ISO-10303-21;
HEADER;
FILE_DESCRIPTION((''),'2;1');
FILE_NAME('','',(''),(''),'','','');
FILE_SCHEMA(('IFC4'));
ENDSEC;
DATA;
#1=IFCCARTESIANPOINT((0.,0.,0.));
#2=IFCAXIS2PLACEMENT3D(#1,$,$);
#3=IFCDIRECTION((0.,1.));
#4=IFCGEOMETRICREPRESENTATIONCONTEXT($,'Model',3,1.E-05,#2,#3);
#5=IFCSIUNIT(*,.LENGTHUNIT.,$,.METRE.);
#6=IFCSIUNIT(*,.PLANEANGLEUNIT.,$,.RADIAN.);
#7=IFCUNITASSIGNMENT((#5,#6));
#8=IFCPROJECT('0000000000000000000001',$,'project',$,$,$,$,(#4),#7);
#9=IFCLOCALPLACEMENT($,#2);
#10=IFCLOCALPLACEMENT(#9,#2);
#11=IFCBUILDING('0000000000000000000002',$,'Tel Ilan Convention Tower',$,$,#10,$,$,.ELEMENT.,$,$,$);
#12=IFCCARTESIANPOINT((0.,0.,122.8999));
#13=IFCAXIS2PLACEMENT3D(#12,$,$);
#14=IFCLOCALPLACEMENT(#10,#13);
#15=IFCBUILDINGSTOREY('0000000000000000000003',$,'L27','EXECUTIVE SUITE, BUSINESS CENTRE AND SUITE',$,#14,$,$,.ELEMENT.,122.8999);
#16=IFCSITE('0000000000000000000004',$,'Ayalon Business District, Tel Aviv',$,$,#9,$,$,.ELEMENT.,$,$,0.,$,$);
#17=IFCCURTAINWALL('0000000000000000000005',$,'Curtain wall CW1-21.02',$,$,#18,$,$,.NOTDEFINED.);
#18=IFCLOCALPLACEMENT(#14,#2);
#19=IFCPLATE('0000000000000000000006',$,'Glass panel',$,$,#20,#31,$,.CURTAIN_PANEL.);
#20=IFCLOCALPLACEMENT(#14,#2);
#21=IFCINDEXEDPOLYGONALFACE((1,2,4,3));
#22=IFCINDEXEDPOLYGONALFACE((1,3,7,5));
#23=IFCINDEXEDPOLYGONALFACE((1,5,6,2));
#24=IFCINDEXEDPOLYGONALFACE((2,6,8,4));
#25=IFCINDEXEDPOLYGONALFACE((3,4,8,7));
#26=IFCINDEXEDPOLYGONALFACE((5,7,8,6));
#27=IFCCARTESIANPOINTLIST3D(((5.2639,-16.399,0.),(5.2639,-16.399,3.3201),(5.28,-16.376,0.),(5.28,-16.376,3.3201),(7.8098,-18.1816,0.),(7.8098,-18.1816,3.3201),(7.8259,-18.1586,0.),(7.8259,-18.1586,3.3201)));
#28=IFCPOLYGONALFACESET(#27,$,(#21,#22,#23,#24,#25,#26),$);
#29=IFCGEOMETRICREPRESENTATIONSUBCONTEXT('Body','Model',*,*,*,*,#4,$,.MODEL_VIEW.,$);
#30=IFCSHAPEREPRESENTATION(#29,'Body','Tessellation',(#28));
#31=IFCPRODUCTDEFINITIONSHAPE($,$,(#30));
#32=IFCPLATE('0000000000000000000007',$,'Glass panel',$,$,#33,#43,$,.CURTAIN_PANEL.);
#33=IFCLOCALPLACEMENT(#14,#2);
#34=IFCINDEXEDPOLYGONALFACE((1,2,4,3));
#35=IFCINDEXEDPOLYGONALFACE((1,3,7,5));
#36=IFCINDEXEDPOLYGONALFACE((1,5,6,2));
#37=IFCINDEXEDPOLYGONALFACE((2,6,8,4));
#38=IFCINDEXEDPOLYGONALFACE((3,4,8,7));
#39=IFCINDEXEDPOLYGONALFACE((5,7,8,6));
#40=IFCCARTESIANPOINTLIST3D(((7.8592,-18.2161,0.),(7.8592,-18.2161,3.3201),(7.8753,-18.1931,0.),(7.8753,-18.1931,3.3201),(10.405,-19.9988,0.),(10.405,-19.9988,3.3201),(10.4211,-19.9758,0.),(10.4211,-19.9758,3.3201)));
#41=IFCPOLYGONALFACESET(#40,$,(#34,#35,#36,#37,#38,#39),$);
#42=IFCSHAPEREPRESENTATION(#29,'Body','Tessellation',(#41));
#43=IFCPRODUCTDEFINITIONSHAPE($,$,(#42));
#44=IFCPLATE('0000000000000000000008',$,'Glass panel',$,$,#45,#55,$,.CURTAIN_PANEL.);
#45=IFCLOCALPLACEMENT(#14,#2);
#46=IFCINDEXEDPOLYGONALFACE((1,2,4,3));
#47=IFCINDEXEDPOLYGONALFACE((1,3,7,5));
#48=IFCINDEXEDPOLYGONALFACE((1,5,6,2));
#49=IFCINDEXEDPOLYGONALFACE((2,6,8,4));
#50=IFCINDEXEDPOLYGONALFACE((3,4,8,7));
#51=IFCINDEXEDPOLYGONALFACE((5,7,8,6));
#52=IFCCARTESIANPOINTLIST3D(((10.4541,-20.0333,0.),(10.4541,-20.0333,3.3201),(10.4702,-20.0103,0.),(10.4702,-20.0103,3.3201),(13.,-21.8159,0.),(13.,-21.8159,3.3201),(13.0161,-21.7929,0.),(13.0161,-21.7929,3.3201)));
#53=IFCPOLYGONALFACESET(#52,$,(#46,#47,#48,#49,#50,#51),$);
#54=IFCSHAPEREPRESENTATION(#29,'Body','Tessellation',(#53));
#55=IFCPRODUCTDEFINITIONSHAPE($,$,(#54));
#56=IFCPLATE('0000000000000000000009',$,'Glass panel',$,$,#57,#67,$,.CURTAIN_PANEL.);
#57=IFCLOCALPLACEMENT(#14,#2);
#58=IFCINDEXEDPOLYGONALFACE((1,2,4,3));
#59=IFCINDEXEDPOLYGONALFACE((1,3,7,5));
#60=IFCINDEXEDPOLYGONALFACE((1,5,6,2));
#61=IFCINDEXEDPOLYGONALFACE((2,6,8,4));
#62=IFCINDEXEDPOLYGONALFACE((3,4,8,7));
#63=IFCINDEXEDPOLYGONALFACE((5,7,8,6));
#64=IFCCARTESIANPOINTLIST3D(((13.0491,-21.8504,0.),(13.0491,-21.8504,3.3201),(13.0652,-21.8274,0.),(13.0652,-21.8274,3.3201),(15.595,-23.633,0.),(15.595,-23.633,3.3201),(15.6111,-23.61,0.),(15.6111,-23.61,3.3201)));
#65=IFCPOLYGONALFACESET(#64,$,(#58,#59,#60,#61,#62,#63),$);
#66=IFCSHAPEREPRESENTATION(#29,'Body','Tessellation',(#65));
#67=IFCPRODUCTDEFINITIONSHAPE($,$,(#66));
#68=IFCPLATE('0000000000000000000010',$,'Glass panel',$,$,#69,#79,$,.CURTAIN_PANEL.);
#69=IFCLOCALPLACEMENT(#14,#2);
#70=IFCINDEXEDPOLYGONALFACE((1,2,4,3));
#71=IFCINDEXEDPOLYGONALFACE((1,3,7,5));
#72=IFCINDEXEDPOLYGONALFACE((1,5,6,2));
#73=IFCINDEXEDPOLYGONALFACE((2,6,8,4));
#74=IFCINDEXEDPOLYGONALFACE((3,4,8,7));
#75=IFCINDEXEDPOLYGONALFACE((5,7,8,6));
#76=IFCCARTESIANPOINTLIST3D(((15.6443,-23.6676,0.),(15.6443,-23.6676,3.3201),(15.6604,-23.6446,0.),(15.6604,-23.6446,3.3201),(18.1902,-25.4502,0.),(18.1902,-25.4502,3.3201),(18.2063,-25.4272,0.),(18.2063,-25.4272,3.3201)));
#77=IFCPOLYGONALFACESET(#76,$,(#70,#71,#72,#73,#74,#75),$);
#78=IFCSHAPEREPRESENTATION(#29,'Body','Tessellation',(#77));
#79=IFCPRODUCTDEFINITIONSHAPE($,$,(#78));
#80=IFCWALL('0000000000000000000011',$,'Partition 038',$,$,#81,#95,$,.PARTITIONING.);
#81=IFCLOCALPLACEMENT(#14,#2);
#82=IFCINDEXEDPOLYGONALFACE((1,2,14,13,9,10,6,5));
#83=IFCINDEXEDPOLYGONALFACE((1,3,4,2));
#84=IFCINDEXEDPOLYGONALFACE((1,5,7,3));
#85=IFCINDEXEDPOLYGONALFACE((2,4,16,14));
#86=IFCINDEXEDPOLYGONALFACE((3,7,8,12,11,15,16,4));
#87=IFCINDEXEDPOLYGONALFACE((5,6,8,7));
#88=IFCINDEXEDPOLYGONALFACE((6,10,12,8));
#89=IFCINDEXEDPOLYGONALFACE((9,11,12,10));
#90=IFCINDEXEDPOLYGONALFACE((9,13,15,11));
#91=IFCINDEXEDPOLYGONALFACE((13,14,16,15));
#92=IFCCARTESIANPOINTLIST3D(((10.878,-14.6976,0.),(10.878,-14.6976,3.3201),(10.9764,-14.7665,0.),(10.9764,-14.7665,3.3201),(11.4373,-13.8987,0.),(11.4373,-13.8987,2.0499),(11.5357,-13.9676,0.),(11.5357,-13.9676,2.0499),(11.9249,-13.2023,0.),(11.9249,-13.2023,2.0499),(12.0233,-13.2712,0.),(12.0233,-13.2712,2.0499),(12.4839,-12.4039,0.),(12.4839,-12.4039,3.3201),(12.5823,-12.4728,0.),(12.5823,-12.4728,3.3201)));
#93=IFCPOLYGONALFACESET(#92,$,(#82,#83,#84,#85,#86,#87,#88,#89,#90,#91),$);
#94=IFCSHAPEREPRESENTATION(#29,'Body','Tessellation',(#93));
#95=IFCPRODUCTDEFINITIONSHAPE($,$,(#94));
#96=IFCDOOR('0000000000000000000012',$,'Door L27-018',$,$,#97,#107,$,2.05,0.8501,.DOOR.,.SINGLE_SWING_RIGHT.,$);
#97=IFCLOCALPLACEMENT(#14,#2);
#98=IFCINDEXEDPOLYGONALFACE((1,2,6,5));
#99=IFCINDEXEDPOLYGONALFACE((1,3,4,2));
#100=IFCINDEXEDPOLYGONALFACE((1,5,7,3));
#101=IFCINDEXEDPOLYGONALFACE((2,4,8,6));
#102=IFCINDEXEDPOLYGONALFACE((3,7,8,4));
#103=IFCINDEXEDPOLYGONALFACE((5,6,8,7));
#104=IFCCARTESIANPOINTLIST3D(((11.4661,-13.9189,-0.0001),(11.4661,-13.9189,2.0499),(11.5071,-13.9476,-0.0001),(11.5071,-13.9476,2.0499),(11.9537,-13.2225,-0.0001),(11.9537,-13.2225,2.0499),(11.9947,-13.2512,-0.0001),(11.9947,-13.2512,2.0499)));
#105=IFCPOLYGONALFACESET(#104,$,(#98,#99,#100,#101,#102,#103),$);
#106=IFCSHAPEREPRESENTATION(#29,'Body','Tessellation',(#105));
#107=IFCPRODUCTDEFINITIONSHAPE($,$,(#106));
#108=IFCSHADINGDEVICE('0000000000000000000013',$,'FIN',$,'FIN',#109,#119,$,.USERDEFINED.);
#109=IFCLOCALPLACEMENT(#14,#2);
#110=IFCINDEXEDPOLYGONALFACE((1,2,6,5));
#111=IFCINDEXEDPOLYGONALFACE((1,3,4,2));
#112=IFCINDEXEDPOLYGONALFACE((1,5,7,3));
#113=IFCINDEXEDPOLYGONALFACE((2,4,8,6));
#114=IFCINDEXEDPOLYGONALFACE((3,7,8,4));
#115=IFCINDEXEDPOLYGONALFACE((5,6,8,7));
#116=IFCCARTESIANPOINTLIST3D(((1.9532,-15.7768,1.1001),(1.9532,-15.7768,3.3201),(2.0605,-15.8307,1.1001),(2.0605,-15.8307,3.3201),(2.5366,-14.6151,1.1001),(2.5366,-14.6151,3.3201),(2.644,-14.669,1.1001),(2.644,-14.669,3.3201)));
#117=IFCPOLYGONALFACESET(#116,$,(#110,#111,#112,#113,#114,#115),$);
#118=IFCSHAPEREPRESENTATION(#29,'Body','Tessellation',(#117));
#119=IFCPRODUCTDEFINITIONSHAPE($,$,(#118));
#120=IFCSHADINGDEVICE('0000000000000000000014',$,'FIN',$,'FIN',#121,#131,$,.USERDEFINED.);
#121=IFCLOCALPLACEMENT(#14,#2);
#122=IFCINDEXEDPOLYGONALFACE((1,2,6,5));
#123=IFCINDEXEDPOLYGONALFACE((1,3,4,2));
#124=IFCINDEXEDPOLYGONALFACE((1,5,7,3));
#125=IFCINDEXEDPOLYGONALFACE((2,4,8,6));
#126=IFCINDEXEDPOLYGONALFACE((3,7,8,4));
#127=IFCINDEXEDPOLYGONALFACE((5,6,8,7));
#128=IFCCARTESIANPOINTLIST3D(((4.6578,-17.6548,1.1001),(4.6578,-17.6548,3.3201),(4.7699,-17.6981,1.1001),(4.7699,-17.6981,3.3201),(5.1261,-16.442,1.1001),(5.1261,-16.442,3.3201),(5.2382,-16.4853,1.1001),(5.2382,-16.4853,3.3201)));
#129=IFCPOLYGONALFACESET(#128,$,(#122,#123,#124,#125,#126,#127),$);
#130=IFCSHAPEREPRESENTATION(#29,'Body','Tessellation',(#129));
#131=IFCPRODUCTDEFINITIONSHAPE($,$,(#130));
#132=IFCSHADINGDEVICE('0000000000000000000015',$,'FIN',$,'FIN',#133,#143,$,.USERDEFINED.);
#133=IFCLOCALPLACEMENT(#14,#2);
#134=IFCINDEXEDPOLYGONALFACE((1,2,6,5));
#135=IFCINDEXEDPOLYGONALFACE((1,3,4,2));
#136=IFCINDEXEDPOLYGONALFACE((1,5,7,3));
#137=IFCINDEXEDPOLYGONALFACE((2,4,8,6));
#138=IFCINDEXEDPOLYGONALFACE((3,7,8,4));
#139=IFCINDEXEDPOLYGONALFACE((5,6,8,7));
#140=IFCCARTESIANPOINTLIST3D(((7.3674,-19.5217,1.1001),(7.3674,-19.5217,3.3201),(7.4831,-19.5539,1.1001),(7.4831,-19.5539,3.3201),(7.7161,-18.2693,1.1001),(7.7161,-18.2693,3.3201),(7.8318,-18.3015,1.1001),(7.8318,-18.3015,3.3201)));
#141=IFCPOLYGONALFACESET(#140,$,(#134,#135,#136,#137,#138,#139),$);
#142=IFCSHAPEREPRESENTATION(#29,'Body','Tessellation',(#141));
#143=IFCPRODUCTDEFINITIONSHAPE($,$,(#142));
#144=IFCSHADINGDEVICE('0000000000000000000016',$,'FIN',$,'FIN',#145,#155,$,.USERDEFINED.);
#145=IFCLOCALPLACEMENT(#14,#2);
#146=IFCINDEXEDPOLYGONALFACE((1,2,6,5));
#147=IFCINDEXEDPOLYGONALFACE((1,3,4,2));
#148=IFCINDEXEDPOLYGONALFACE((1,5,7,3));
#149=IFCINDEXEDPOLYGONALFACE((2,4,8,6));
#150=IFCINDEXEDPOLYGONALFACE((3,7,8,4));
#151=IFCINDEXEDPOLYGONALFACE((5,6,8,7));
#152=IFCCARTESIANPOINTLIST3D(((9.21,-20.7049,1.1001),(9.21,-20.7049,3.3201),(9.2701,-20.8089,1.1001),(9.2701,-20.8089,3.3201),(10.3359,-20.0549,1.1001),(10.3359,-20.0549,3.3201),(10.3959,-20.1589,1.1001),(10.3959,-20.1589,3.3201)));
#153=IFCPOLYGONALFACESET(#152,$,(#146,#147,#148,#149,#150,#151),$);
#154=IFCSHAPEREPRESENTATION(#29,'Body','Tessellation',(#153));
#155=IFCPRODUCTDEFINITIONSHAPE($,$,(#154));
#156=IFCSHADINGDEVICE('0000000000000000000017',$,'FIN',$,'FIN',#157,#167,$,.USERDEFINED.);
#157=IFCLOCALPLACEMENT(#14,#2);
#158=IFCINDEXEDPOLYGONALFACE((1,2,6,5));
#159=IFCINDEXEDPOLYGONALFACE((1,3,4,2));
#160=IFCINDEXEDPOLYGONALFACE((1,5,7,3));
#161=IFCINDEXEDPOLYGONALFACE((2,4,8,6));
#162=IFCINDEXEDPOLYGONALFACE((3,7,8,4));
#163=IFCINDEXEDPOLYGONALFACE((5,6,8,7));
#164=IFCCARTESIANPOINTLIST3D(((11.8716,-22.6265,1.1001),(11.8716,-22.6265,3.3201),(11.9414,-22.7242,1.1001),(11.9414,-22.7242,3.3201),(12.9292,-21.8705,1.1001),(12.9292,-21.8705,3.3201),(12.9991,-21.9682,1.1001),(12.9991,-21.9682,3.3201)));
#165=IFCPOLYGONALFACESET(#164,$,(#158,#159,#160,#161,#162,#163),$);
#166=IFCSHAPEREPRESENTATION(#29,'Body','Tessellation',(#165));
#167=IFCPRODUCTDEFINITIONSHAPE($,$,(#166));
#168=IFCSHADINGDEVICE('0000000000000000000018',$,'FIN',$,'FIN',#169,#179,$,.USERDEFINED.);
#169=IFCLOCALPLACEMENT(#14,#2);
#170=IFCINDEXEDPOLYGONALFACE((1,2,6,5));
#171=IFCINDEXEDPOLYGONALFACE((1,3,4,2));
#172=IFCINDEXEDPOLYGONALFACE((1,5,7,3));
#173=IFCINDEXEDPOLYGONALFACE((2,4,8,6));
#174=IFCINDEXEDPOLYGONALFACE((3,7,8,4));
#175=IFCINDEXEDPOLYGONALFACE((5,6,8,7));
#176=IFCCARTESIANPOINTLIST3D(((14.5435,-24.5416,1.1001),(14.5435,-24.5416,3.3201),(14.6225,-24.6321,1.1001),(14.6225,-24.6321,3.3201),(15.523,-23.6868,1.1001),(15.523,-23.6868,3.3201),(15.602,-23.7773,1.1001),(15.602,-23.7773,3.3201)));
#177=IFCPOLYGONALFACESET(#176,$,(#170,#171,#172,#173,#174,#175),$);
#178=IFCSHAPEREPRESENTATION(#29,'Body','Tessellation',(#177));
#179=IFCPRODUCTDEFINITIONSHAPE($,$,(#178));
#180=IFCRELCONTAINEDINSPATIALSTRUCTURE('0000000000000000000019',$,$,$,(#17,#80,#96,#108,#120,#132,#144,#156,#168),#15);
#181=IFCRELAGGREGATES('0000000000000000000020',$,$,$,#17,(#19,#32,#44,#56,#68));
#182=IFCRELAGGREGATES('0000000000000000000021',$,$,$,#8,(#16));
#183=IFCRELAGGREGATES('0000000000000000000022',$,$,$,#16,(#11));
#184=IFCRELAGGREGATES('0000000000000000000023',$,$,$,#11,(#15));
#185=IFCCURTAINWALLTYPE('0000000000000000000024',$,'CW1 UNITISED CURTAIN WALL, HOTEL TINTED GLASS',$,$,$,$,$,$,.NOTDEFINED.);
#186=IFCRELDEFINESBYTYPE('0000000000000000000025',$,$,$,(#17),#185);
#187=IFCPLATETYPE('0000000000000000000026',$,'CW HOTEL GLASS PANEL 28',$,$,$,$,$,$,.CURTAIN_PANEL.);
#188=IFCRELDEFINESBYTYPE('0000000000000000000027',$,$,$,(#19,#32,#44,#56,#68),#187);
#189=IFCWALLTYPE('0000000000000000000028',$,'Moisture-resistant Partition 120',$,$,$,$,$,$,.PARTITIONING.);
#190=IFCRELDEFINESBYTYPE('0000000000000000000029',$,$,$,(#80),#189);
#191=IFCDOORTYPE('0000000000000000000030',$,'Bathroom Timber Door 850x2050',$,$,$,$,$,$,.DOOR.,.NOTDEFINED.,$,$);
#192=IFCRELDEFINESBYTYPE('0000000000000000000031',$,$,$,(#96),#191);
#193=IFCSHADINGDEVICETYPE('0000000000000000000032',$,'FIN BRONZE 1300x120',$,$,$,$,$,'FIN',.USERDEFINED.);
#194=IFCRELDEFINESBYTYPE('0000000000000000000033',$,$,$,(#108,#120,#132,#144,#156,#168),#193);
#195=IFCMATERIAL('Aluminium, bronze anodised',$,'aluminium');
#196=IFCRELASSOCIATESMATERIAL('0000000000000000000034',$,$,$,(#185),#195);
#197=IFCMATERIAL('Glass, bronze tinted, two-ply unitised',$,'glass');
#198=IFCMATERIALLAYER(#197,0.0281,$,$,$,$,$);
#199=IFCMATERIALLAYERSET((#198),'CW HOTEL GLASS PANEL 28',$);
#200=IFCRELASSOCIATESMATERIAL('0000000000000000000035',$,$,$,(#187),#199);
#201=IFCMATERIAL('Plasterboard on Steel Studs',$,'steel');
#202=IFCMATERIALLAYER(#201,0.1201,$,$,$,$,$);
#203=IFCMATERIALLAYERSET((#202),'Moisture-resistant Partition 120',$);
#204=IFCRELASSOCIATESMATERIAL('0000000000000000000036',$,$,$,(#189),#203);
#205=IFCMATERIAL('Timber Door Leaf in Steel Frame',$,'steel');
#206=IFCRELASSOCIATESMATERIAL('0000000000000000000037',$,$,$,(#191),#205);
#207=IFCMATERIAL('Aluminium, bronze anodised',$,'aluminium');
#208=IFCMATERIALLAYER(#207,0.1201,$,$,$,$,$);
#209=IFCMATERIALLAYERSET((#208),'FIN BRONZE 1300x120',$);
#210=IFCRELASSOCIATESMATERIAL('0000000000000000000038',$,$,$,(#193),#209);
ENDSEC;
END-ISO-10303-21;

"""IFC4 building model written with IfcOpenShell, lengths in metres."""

from ifc_helpers import new_model, si_unit, direction, frame, frame_2d, origin, origin_2d, place, context, subcontext, project, spatial, rectangle, extrude, material, layer, layer_set, type_object, element, fill, aggregate, save


model = new_model("IFC4")

# Units and contexts
model_context = context("Model", 3, precision=1e-05, world=origin(), true_north=direction((0.0, 1.0)))
body_context = subcontext(model_context, "Body", "Model", "MODEL_VIEW")
ifc_project = project(units=[si_unit("LENGTHUNIT", "METRE"), si_unit("PLANEANGLEUNIT", "RADIAN")], contexts=[model_context])

# Site, building, storey
site_placement = place(None, origin())
site = spatial("IfcSite", under=ifc_project, at=site_placement, Name="Ayalon Business District, Tel Aviv", CompositionType="ELEMENT", RefElevation=0.0)
building_placement = place(site_placement, origin())
building = spatial("IfcBuilding", under=site, at=building_placement, Name="Tel Ilan Convention Tower", CompositionType="ELEMENT")
storey_placement = place(building_placement, frame((0.0, 0.0, 122.8999)))
storey = spatial("IfcBuildingStorey", under=building, at=storey_placement, Name="L27", Description="EXECUTIVE SUITE, BUSINESS CENTRE AND SUITE", CompositionType="ELEMENT", Elevation=122.8999)

# Curtain wall, plates
ifc_material_1 = material(Name="Aluminium, bronze anodised", Category="aluminium")
curtain_wall_type = type_object("IfcCurtainWallType", Name="CW1 UNITISED CURTAIN WALL, HOTEL TINTED GLASS", PredefinedType="NOTDEFINED", material=ifc_material_1)
curtain_wall_placement = place(storey_placement, origin())
curtain_wall = element("IfcCurtainWall", 1, at=curtain_wall_placement, inside=storey, type_object=curtain_wall_type, Name="Curtain wall CW1-21.02", PredefinedType="NOTDEFINED")
ifc_material_2 = material(Name="Glass, bronze tinted, two-ply unitised", Category="glass")
ifc_layer_1 = layer(ifc_material_2, 0.0281)
ifc_layer_set_1 = layer_set([ifc_layer_1], Name="CW HOTEL GLASS PANEL 28")
plate_type = type_object("IfcPlateType", Name="CW HOTEL GLASS PANEL 28", PredefinedType="CURTAIN_PANEL", material=ifc_layer_set_1)
plate_1_placement = place(storey_placement, frame((6.5449, -17.2788, 0.0), z_axis=(0.0, 0.0, 1.0), x_axis=(0.819152, -0.573576, 0.0)))
plate_1 = element("IfcPlate", 2, at=plate_1_placement, type_object=plate_type, Name="Glass panel", PredefinedType="CURTAIN_PANEL", context=body_context, shape_type="SweptSolid", body=[
    extrude(rectangle(XDim=3.1079, YDim=0.0281, at=origin_2d()), origin(), (0.0, 0.0, 1.0), 3.3201),
])
plate_2_placement = place(storey_placement, frame((9.1401, -19.0959, 0.0), z_axis=(0.0, 0.0, 1.0), x_axis=(0.819152, -0.573576, 0.0)))
plate_2 = element("IfcPlate", 3, at=plate_2_placement, type_object=plate_type, Name="Glass panel", PredefinedType="CURTAIN_PANEL", context=body_context, shape_type="SweptSolid", body=[
    extrude(rectangle(XDim=3.1079, YDim=0.0281, at=origin_2d()), origin(), (0.0, 0.0, 1.0), 3.3201),
])
plate_3_placement = place(storey_placement, frame((11.7351, -20.9131, 0.0), z_axis=(0.0, 0.0, 1.0), x_axis=(0.819152, -0.573576, 0.0)))
plate_3 = element("IfcPlate", 4, at=plate_3_placement, type_object=plate_type, Name="Glass panel", PredefinedType="CURTAIN_PANEL", context=body_context, shape_type="SweptSolid", body=[
    extrude(rectangle(XDim=3.1079, YDim=0.0281, at=origin_2d()), origin(), (0.0, 0.0, 1.0), 3.3201),
])
plate_4_placement = place(storey_placement, frame((14.3301, -22.7302, 0.0), z_axis=(0.0, 0.0, 1.0), x_axis=(0.819152, -0.573576, 0.0)))
plate_4 = element("IfcPlate", 5, at=plate_4_placement, type_object=plate_type, Name="Glass panel", PredefinedType="CURTAIN_PANEL", context=body_context, shape_type="SweptSolid", body=[
    extrude(rectangle(XDim=3.1079, YDim=0.0281, at=origin_2d()), origin(), (0.0, 0.0, 1.0), 3.3201),
])
plate_5_placement = place(storey_placement, frame((16.9253, -24.5474, 0.0), z_axis=(0.0, 0.0, 1.0), x_axis=(0.819152, -0.573576, 0.0)))
plate_5 = element("IfcPlate", 6, at=plate_5_placement, type_object=plate_type, Name="Glass panel", PredefinedType="CURTAIN_PANEL", context=body_context, shape_type="SweptSolid", body=[
    extrude(rectangle(XDim=3.1079, YDim=0.0281, at=origin_2d()), origin(), (0.0, 0.0, 1.0), 3.3201),
])
aggregate(curtain_wall, [plate_1, plate_2, plate_3, plate_4, plate_5])

# Wall, opening, door
ifc_material_3 = material(Name="Plasterboard on Steel Studs", Category="steel")
ifc_layer_2 = layer(ifc_material_3, 0.1201)
ifc_layer_set_2 = layer_set([ifc_layer_2], Name="Moisture-resistant Partition 120")
wall_type = type_object("IfcWallType", Name="Moisture-resistant Partition 120", PredefinedType="PARTITIONING", material=ifc_layer_set_2)
wall_placement = place(storey_placement, frame((10.9272, -14.7319, 0.0), z_axis=(0.0, 0.0, 1.0), x_axis=(0.57355, 0.81917, 0.0)))
wall = element("IfcWall", 7, at=wall_placement, inside=storey, type_object=wall_type, Name="Partition 038", PredefinedType="PARTITIONING", context=body_context, shape_type="SweptSolid", body=[
    extrude(rectangle(XDim=2.8, YDim=0.1201, at=frame_2d((1.3999, 0.0))), origin(), (0.0, 0.0, 1.0), 3.3201),
])
opening_placement = place(wall_placement, frame((0.9751, 0.0, 0.0)))
opening = element("IfcOpeningElement", 8, at=opening_placement, cuts=wall, PredefinedType="OPENING", context=body_context, shape_type="SweptSolid", body=[
    extrude(rectangle(XDim=0.8501, YDim=2.05, at=frame_2d((0.425, 1.0249))), frame((0.0, 0.0701, 0.0), z_axis=(0.0, -1.0, 0.0), x_axis=(1.0, 0.0, 0.0)), (0.0, 0.0, 1.0), 0.1401),
])
ifc_material_4 = material(Name="Timber Door Leaf in Steel Frame", Category="steel")
door_type = type_object("IfcDoorType", Name="Bathroom Timber Door 850x2050", OperationType="NOTDEFINED", PredefinedType="DOOR", material=ifc_material_4)
door_placement = place(opening_placement, origin())
door = element("IfcDoor", 9, at=door_placement, inside=storey, type_object=door_type, Name="Door L27-018", OperationType="SINGLE_SWING_RIGHT", OverallHeight=2.05, OverallWidth=0.8501, PredefinedType="DOOR", context=body_context, shape_type="SweptSolid", body=[
    extrude(rectangle(XDim=0.8501, YDim=2.05, at=frame_2d((0.425, 1.0249))), frame((0.0, 0.0249, 0.0), z_axis=(0.0, -1.0, 0.0), x_axis=(1.0, 0.0, 0.0)), (0.0, 0.0, 1.0), 0.05),
])
fill(opening, door)

# Shading devices
ifc_material_5 = material(Name="Aluminium, bronze anodised", Category="aluminium")
ifc_layer_3 = layer(ifc_material_5, 0.1201)
ifc_layer_set_3 = layer_set([ifc_layer_3], Name="FIN BRONZE 1300x120")
shading_device_type = type_object("IfcShadingDeviceType", Name="FIN BRONZE 1300x120", ElementType="FIN", PredefinedType="USERDEFINED", material=ifc_layer_set_3)
for number, where, z_axis, x_axis, name in (
    (10, (2.2986, -15.2229, 1.1001), (0.0, 0.0, 1.0), (-0.448799, -0.893633, 0.0), "FIN"),
    (11, (4.948, -17.0701, 1.1001), (0.0, 0.0, 1.0), (-0.360178, -0.932884, 0.0), "FIN"),
    (12, (7.5996, -18.9116, 1.1001), (0.0, 0.0, 1.0), (-0.268173, -0.963371, 0.0), "FIN"),
    (13, (9.803, -20.4319, 1.1001), (0.0, 0.0, 1.0), (-0.866025, -0.5, 0.0), "FIN"),
    (14, (12.4353, -22.2974, 1.1001), (0.0, 0.0, 1.0), (-0.813552, -0.581492, 0.0), "FIN"),
    (15, (15.0728, -24.1594, 1.1001), (0.0, 0.0, 1.0), (-0.753436, -0.657521, 0.0), "FIN"),
):
    element("IfcShadingDevice", number, at=place(storey_placement, frame(where, z_axis=z_axis, x_axis=x_axis)), inside=storey, type_object=shading_device_type, Name=name, ObjectType="FIN", PredefinedType="USERDEFINED", context=body_context, shape_type="SweptSolid", body=[
        extrude(rectangle(XDim=1.3, YDim=0.1201, at=origin_2d()), origin(), (0.0, 0.0, 1.0), 2.22),
    ])

save(model, "model.ifc")
